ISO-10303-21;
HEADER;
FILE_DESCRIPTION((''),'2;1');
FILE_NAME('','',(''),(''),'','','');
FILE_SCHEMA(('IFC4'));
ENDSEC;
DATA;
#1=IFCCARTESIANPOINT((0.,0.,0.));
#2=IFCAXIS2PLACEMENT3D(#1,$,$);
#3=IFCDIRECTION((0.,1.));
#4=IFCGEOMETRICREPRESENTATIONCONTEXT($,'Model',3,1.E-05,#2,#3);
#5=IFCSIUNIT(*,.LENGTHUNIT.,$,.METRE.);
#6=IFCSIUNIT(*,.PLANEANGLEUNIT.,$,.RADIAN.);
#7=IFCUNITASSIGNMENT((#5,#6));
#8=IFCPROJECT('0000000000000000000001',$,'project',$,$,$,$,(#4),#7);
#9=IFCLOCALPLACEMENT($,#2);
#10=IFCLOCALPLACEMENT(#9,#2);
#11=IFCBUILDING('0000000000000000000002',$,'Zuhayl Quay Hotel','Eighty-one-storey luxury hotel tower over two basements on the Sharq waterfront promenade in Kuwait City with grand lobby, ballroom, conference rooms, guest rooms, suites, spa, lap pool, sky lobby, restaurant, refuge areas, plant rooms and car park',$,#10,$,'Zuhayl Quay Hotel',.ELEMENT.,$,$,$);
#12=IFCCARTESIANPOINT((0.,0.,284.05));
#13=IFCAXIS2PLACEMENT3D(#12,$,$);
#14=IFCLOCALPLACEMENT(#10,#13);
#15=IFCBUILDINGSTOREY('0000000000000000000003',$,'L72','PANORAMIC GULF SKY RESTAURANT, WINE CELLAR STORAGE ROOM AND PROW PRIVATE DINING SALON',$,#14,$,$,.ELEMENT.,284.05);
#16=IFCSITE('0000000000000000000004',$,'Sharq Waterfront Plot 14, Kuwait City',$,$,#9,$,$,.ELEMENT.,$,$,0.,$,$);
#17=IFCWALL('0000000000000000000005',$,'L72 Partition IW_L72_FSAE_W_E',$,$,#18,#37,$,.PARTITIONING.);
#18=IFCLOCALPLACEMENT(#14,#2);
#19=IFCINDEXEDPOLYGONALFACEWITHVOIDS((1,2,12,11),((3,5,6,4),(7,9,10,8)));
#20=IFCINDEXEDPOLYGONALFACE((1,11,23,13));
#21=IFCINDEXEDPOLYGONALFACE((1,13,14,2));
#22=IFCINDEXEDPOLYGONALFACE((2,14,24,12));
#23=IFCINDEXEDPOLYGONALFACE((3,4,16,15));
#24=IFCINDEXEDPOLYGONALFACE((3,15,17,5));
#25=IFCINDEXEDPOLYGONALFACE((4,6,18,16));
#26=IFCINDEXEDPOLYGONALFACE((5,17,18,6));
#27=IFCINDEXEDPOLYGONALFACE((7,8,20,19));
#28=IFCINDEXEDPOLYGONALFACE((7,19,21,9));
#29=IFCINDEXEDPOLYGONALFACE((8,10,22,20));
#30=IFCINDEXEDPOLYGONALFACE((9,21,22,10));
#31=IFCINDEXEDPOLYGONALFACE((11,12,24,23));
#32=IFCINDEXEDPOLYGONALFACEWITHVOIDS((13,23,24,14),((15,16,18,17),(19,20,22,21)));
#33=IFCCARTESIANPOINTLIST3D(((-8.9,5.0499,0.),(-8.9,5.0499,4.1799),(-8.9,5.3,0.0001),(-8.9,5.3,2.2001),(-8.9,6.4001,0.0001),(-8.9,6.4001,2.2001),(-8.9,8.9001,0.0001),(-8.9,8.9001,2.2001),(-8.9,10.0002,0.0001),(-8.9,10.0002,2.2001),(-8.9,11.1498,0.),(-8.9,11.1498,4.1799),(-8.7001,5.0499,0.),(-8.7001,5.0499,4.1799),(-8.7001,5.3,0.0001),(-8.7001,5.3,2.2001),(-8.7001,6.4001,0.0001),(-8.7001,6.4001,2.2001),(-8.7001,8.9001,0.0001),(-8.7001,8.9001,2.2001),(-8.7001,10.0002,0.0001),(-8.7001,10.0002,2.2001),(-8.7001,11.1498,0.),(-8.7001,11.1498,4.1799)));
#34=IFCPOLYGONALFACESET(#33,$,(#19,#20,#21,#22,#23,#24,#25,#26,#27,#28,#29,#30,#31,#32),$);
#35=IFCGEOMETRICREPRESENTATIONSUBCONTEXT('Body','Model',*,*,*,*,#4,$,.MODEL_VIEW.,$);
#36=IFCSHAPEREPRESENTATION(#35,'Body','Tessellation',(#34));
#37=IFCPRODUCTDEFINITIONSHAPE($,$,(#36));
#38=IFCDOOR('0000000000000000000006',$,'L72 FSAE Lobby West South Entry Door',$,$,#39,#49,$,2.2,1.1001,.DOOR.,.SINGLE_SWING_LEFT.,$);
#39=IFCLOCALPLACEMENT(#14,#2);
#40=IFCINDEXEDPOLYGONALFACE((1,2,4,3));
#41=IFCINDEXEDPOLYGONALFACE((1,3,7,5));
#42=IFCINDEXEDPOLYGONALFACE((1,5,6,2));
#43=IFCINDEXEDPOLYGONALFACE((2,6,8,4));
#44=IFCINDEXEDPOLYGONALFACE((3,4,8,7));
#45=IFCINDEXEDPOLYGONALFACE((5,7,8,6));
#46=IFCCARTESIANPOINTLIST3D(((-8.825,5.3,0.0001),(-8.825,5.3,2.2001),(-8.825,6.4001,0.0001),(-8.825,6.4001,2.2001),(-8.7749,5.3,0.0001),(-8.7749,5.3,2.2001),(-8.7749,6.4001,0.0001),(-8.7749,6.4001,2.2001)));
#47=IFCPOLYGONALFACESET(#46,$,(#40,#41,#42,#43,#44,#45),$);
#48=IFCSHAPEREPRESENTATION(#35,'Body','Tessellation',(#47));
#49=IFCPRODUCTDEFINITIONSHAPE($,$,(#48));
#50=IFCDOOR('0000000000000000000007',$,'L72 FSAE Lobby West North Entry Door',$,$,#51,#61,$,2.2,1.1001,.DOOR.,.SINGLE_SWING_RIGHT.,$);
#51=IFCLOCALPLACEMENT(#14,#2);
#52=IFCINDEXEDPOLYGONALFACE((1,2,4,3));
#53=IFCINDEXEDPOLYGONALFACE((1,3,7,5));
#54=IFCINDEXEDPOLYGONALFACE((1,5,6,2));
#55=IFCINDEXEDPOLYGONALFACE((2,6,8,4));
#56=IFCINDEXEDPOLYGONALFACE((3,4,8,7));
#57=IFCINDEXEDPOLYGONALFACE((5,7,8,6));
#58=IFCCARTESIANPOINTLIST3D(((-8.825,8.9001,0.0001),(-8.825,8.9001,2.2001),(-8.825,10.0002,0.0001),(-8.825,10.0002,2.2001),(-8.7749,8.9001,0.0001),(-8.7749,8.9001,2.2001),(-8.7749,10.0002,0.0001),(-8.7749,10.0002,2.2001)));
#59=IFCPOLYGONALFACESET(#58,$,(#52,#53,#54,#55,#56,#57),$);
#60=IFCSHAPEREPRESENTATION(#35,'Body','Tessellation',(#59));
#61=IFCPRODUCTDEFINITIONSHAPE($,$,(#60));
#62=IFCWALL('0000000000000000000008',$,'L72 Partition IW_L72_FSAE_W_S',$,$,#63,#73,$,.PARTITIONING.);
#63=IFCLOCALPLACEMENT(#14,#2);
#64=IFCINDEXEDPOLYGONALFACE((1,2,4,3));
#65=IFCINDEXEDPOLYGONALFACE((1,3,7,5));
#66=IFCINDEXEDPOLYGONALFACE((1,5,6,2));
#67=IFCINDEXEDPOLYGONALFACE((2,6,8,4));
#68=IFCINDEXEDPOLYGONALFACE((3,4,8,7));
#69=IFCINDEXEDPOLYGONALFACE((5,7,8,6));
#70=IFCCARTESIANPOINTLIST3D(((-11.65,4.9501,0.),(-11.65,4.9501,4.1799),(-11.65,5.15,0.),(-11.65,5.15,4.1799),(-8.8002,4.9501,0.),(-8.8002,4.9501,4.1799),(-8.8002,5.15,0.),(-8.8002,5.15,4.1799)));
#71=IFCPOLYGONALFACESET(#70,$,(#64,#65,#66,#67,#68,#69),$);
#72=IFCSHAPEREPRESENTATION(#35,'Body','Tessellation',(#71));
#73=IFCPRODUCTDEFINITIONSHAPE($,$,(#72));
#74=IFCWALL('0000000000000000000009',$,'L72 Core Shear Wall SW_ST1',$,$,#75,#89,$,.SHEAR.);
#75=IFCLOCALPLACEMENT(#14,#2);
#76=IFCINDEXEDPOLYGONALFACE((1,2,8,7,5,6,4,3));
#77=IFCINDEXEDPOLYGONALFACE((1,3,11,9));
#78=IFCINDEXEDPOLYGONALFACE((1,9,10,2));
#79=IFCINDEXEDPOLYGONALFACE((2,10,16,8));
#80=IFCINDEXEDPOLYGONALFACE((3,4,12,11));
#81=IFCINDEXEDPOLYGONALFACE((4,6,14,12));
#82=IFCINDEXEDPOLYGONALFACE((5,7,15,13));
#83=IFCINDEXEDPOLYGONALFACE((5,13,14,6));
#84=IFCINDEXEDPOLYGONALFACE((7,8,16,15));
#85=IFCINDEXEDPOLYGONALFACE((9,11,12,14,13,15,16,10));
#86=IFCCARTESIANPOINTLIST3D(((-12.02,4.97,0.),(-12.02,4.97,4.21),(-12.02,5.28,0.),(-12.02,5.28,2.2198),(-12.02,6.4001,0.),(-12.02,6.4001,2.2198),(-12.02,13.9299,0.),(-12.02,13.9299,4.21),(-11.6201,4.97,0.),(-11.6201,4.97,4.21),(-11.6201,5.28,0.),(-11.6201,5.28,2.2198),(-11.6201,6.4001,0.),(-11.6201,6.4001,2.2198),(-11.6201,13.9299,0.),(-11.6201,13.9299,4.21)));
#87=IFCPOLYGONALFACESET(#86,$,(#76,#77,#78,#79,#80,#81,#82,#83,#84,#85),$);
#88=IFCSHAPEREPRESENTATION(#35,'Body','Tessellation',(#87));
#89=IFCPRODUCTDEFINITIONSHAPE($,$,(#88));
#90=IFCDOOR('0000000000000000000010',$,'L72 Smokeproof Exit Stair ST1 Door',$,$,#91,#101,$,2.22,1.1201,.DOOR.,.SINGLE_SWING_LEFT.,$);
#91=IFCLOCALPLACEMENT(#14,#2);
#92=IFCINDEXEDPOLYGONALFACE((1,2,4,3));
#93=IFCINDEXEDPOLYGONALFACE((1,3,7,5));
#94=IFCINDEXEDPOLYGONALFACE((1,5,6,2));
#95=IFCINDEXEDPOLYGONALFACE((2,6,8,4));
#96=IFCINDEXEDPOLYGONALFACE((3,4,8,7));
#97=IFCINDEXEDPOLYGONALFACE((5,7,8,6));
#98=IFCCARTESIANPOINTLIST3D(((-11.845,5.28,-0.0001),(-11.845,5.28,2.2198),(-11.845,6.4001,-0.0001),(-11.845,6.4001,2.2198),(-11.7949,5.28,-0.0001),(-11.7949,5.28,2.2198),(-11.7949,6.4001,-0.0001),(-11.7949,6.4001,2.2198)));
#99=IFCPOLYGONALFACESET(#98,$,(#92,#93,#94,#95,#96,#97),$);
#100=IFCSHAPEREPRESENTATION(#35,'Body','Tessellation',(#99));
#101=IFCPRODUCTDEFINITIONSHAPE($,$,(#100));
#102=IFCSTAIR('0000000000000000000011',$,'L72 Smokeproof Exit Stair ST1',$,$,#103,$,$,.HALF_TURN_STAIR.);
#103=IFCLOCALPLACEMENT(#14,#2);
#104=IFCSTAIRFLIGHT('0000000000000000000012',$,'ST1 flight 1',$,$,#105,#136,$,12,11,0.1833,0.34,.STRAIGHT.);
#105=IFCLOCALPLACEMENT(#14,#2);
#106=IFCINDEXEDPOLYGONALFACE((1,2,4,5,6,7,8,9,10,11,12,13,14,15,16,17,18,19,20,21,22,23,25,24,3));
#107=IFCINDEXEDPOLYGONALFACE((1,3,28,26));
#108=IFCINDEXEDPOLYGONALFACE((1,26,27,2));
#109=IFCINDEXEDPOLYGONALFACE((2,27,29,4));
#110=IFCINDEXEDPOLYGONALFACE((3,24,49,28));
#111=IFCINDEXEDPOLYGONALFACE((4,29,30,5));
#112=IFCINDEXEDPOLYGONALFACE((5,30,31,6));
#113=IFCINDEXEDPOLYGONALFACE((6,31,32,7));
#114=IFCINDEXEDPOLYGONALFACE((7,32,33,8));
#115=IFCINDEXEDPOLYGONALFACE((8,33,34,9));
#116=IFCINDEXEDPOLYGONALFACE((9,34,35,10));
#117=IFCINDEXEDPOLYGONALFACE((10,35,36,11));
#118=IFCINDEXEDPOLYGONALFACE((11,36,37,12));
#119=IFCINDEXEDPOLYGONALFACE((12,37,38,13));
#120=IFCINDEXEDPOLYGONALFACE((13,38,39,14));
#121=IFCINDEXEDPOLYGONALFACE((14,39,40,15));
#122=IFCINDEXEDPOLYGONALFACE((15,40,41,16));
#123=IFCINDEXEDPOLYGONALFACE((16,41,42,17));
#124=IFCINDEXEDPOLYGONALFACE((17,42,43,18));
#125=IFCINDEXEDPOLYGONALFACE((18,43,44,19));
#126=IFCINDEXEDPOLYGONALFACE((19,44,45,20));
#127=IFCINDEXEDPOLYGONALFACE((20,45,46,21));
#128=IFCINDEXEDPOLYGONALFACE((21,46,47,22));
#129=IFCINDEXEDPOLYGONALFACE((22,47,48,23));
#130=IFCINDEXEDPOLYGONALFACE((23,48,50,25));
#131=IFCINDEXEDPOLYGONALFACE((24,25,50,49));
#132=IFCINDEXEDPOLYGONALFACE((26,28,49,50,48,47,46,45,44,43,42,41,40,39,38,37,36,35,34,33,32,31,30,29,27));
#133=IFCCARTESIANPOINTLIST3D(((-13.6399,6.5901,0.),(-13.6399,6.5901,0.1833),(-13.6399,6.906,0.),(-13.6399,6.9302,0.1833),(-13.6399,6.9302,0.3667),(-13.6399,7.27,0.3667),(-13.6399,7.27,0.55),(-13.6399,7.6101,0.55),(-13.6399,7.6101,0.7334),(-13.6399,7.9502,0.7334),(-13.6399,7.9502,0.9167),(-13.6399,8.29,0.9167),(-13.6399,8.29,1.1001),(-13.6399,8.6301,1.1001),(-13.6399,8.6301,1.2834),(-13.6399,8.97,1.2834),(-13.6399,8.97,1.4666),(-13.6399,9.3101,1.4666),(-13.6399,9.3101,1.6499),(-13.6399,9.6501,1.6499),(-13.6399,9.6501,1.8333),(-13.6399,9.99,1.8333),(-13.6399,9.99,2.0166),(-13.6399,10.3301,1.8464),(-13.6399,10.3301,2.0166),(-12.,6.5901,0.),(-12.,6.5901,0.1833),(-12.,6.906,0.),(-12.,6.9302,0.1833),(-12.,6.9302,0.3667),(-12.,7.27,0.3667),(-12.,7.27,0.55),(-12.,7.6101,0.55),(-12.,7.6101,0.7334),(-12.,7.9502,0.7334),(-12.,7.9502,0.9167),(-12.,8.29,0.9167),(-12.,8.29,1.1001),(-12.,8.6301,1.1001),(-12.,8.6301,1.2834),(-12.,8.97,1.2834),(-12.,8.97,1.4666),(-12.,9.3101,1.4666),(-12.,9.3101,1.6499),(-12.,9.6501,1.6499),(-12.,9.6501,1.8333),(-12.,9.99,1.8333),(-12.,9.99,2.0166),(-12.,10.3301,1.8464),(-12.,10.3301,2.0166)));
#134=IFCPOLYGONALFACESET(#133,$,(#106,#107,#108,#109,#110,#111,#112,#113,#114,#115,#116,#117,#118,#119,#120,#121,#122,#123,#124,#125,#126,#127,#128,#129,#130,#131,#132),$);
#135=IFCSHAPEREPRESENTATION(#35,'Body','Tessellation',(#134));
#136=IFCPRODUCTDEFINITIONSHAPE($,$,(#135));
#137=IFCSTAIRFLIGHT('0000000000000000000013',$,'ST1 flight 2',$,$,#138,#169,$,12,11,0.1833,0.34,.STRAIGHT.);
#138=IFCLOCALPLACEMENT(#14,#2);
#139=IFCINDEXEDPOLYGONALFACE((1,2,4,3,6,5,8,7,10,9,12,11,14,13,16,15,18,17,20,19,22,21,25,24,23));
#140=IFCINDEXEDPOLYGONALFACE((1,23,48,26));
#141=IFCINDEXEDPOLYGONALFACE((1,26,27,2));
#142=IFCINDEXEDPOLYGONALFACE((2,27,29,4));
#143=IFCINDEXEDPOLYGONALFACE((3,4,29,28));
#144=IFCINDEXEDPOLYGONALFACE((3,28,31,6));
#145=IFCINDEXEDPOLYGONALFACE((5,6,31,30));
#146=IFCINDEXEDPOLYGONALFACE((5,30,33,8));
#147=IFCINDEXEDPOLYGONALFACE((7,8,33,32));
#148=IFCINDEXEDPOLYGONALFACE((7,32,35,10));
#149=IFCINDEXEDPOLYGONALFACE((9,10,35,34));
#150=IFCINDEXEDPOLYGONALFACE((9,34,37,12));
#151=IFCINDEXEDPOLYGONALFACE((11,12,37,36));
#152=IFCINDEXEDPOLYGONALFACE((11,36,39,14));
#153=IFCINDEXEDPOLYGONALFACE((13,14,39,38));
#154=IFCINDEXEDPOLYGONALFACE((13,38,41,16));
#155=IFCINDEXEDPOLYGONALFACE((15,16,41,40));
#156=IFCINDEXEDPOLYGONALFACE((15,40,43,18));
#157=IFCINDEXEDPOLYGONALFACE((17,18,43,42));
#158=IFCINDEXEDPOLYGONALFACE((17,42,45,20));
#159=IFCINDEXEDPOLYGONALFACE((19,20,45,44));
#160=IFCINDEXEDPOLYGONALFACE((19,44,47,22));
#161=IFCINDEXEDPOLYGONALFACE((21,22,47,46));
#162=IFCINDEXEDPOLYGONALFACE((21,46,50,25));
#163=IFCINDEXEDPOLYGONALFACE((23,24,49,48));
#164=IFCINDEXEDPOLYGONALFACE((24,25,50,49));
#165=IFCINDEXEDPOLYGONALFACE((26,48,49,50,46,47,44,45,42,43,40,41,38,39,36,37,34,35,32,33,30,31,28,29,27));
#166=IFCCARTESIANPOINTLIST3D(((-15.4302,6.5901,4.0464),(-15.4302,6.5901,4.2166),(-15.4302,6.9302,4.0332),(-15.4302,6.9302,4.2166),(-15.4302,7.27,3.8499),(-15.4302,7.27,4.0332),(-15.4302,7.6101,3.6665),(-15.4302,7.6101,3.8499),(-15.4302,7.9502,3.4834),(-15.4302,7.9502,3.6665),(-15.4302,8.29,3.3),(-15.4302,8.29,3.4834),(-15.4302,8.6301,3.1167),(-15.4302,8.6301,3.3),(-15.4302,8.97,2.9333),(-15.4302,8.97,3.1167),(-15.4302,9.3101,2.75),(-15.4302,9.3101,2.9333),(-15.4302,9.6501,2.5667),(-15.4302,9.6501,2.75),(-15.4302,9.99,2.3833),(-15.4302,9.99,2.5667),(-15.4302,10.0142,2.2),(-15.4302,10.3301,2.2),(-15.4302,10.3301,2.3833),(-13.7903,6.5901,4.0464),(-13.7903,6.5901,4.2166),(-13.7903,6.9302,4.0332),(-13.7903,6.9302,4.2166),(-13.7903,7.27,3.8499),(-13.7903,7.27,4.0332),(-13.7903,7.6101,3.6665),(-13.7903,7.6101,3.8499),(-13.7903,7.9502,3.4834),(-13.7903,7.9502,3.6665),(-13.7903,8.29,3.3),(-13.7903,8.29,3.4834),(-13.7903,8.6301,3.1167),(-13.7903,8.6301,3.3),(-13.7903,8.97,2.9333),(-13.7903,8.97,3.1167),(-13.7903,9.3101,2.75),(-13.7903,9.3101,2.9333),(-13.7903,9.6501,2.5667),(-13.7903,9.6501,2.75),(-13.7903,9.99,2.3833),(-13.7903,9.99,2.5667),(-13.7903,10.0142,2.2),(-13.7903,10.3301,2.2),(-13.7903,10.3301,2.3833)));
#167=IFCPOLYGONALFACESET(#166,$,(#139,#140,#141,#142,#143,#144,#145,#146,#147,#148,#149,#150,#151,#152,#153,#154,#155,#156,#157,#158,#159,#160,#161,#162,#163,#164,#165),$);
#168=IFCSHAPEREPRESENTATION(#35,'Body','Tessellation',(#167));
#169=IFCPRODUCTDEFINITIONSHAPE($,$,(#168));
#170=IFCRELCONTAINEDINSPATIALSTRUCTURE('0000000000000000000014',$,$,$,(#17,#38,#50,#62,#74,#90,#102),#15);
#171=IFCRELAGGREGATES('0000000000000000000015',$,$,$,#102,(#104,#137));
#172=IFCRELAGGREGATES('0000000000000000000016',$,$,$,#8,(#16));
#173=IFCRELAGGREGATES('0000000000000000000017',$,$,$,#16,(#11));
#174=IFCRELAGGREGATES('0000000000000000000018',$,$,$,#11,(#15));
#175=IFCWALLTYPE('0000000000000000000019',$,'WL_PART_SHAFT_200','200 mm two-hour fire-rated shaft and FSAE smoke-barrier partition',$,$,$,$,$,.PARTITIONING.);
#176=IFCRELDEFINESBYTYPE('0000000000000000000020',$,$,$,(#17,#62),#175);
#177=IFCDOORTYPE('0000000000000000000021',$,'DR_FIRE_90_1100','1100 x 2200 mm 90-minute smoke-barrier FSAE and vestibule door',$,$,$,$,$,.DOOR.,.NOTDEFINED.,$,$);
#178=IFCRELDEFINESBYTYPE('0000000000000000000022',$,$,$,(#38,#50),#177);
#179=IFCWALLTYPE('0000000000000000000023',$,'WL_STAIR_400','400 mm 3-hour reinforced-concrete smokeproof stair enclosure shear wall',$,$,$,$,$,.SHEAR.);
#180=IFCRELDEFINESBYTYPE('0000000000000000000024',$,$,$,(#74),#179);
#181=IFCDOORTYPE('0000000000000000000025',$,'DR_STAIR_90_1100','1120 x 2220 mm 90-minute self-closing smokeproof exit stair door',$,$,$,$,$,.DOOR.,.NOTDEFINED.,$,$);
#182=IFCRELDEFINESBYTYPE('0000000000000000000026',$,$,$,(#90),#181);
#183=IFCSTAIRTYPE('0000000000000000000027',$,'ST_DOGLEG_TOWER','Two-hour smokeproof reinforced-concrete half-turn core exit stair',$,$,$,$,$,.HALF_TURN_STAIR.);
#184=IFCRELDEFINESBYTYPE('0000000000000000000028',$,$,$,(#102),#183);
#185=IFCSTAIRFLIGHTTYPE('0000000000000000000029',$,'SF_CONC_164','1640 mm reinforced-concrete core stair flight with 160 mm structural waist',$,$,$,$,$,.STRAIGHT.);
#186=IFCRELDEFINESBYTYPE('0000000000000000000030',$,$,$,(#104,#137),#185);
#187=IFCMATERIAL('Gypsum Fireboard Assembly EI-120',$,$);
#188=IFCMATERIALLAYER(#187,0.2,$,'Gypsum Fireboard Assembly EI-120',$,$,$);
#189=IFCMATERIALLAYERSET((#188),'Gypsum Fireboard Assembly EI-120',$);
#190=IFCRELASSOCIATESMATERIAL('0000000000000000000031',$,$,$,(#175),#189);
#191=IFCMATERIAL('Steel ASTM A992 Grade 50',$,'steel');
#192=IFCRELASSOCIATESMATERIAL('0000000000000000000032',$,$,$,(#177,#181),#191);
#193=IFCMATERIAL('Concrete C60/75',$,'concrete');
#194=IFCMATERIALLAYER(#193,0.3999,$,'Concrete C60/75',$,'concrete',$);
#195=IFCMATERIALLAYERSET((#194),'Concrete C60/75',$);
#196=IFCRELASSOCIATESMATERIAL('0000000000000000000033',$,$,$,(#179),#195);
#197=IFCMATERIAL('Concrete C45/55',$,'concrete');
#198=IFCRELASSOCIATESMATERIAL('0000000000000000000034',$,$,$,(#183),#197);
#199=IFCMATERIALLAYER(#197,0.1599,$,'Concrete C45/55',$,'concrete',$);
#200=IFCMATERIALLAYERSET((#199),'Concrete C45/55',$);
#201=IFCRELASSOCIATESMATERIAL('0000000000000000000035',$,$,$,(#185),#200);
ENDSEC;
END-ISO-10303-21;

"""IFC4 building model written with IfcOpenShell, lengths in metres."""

from ifc_helpers import new_model, si_unit, direction, frame, frame_2d, origin, place, context, subcontext, project, spatial, polyline, rectangle, outline, extrude, material, layer, layer_set, type_object, element, fill, aggregate, save


model = new_model("IFC4")

# Units and contexts
model_context = context("Model", 3, precision=1e-05, world=origin(), true_north=direction((0.0, 1.0)))
body_context = subcontext(model_context, "Body", "Model", "MODEL_VIEW")
ifc_project = project(units=[si_unit("LENGTHUNIT", "METRE"), si_unit("PLANEANGLEUNIT", "RADIAN")], contexts=[model_context])

# Site, building, storey
site_placement = place(None, origin())
site = spatial("IfcSite", under=ifc_project, at=site_placement, Name="Sharq Waterfront Plot 14, Kuwait City", CompositionType="ELEMENT", RefElevation=0.0)
building_placement = place(site_placement, origin())
building = spatial("IfcBuilding", under=site, at=building_placement, Name="Zuhayl Quay Hotel", Description="Eighty-one-storey luxury hotel tower over two basements on the Sharq waterfront promenade in Kuwait City with grand lobby, ballroom, conference rooms, guest rooms, suites, spa, lap pool, sky lobby, restaurant, refuge areas, plant rooms and car park", LongName="Zuhayl Quay Hotel", CompositionType="ELEMENT")
storey_placement = place(building_placement, frame((0.0, 0.0, 284.05)))
storey = spatial("IfcBuildingStorey", under=building, at=storey_placement, Name="L72", Description="PANORAMIC GULF SKY RESTAURANT, WINE CELLAR STORAGE ROOM AND PROW PRIVATE DINING SALON", CompositionType="ELEMENT", Elevation=284.05)

# Shared definitions
ifc_material_1 = material(Name="Concrete C60/75", Category="concrete")

# Wall, openings, doors
ifc_material_2 = material(Name="Gypsum Fireboard Assembly EI-120")
ifc_layer_1 = layer(ifc_material_2, 0.2, Name="Gypsum Fireboard Assembly EI-120")
ifc_layer_set_1 = layer_set([ifc_layer_1], Name="Gypsum Fireboard Assembly EI-120")
wall_type_1 = type_object("IfcWallType", Name="WL_PART_SHAFT_200", Description="200 mm two-hour fire-rated shaft and FSAE smoke-barrier partition", PredefinedType="PARTITIONING", material=ifc_layer_set_1)
wall_1_placement = place(storey_placement, frame((-8.8, 5.05, 0.0), z_axis=(0.0, 0.0, 1.0), x_axis=(0.0, 1.0, 0.0)))
wall_1 = element("IfcWall", 1, at=wall_1_placement, inside=storey, type_object=wall_type_1, Name="L72 Partition IW_L72_FSAE_W_E", PredefinedType="PARTITIONING", context=body_context, shape_type="SweptSolid", body=[
    extrude(rectangle(XDim=6.0999, YDim=0.2, at=frame_2d((3.0498, 0.0))), origin(), (0.0, 0.0, 1.0), 4.1799),
])
opening_1_placement = place(wall_1_placement, frame((0.25, 0.0, 0.0)))
opening_1 = element("IfcOpeningElement", 2, at=opening_1_placement, cuts=wall_1, PredefinedType="OPENING", context=body_context, shape_type="SweptSolid", body=[
    extrude(rectangle(XDim=1.1001, YDim=2.2, at=frame_2d((0.55, 1.1001))), frame((0.0, 0.1099, 0.0), z_axis=(0.0, -1.0, 0.0), x_axis=(1.0, 0.0, 0.0)), (0.0, 0.0, 1.0), 0.22),
])
opening_2_placement = place(wall_1_placement, frame((3.8501, 0.0, 0.0)))
opening_2 = element("IfcOpeningElement", 3, at=opening_2_placement, cuts=wall_1, PredefinedType="OPENING", context=body_context, shape_type="SweptSolid", body=[
    extrude(rectangle(XDim=1.1001, YDim=2.2, at=frame_2d((0.55, 1.1001))), frame((0.0, 0.1099, 0.0), z_axis=(0.0, -1.0, 0.0), x_axis=(1.0, 0.0, 0.0)), (0.0, 0.0, 1.0), 0.22),
])
ifc_material_3 = material(Name="Steel ASTM A992 Grade 50", Category="steel")
door_type_1 = type_object("IfcDoorType", Name="DR_FIRE_90_1100", Description="1100 x 2200 mm 90-minute smoke-barrier FSAE and vestibule door", OperationType="NOTDEFINED", PredefinedType="DOOR", material=ifc_material_3)
door_1_placement = place(opening_1_placement, origin())
door_1 = element("IfcDoor", 4, at=door_1_placement, inside=storey, type_object=door_type_1, Name="L72 FSAE Lobby West South Entry Door", OperationType="SINGLE_SWING_LEFT", OverallHeight=2.2, OverallWidth=1.1001, PredefinedType="DOOR", context=body_context, shape_type="SweptSolid", body=[
    extrude(rectangle(XDim=1.1001, YDim=2.2, at=frame_2d((0.55, 1.1001))), frame((0.0, 0.0249, 0.0), z_axis=(0.0, -1.0, 0.0), x_axis=(1.0, 0.0, 0.0)), (0.0, 0.0, 1.0), 0.05),
])
fill(opening_1, door_1)
door_2_placement = place(opening_2_placement, origin())
door_2 = element("IfcDoor", 5, at=door_2_placement, inside=storey, type_object=door_type_1, Name="L72 FSAE Lobby West North Entry Door", OperationType="SINGLE_SWING_RIGHT", OverallHeight=2.2, OverallWidth=1.1001, PredefinedType="DOOR", context=body_context, shape_type="SweptSolid", body=[
    extrude(rectangle(XDim=1.1001, YDim=2.2, at=frame_2d((0.55, 1.1001))), frame((0.0, 0.0249, 0.0), z_axis=(0.0, -1.0, 0.0), x_axis=(1.0, 0.0, 0.0)), (0.0, 0.0, 1.0), 0.05),
])
fill(opening_2, door_2)

# Wall
wall_2_placement = place(storey_placement, frame((-11.6499, 5.05, 0.0), z_axis=(0.0, 0.0, 1.0), x_axis=(1.0, 0.0, 0.0)))
element("IfcWall", 6, at=wall_2_placement, inside=storey, type_object=wall_type_1, Name="L72 Partition IW_L72_FSAE_W_S", PredefinedType="PARTITIONING", context=body_context, shape_type="SweptSolid", body=[
    extrude(rectangle(XDim=2.8499, YDim=0.2, at=frame_2d((1.4248, 0.0))), origin(), (0.0, 0.0, 1.0), 4.1799),
])

# Wall, opening, door
ifc_layer_2 = layer(ifc_material_1, 0.3999, Name="Concrete C60/75", Category="concrete")
ifc_layer_set_2 = layer_set([ifc_layer_2], Name="Concrete C60/75")
wall_type_2 = type_object("IfcWallType", Name="WL_STAIR_400", Description="400 mm 3-hour reinforced-concrete smokeproof stair enclosure shear wall", PredefinedType="SHEAR", material=ifc_layer_set_2)
wall_3_placement = place(storey_placement, frame((-11.8201, 4.97, 0.0), z_axis=(0.0, 0.0, 1.0), x_axis=(0.0, 1.0, 0.0)))
wall_3 = element("IfcWall", 7, at=wall_3_placement, inside=storey, type_object=wall_type_2, Name="L72 Core Shear Wall SW_ST1", PredefinedType="SHEAR", context=body_context, shape_type="SweptSolid", body=[
    extrude(rectangle(XDim=8.96, YDim=0.3999, at=frame_2d((4.48, 0.0))), origin(), (0.0, 0.0, 1.0), 4.21),
])
opening_3_placement = place(wall_3_placement, frame((0.3101, 0.0, 0.0)))
opening_3 = element("IfcOpeningElement", 8, at=opening_3_placement, cuts=wall_3, PredefinedType="OPENING", context=body_context, shape_type="SweptSolid", body=[
    extrude(rectangle(XDim=1.1201, YDim=2.22, at=frame_2d((0.5601, 1.1099))), frame((0.0, 0.21, 0.0), z_axis=(0.0, -1.0, 0.0), x_axis=(1.0, 0.0, 0.0)), (0.0, 0.0, 1.0), 0.4199),
])
door_type_2 = type_object("IfcDoorType", Name="DR_STAIR_90_1100", Description="1120 x 2220 mm 90-minute self-closing smokeproof exit stair door", OperationType="NOTDEFINED", PredefinedType="DOOR", material=ifc_material_3)
door_3_placement = place(opening_3_placement, origin())
door_3 = element("IfcDoor", 9, at=door_3_placement, inside=storey, type_object=door_type_2, Name="L72 Smokeproof Exit Stair ST1 Door", OperationType="SINGLE_SWING_LEFT", OverallHeight=2.22, OverallWidth=1.1201, PredefinedType="DOOR", context=body_context, shape_type="SweptSolid", body=[
    extrude(rectangle(XDim=1.1201, YDim=2.22, at=frame_2d((0.5601, 1.1099))), frame((0.0, 0.0249, 0.0), z_axis=(0.0, -1.0, 0.0), x_axis=(1.0, 0.0, 0.0)), (0.0, 0.0, 1.0), 0.05),
])
fill(opening_3, door_3)

# Stair, stair flights
ifc_material_4 = material(Name="Concrete C45/55", Category="concrete")
stair_type = type_object("IfcStairType", Name="ST_DOGLEG_TOWER", Description="Two-hour smokeproof reinforced-concrete half-turn core exit stair", PredefinedType="HALF_TURN_STAIR", material=ifc_material_4)
stair_placement = place(storey_placement, origin())
stair = element("IfcStair", 10, at=stair_placement, inside=storey, type_object=stair_type, Name="L72 Smokeproof Exit Stair ST1", PredefinedType="HALF_TURN_STAIR")
ifc_layer_3 = layer(ifc_material_4, 0.1599, Name="Concrete C45/55", Category="concrete")
ifc_layer_set_3 = layer_set([ifc_layer_3], Name="Concrete C45/55")
stair_flight_type = type_object("IfcStairFlightType", Name="SF_CONC_164", Description="1640 mm reinforced-concrete core stair flight with 160 mm structural waist", PredefinedType="STRAIGHT", material=ifc_layer_set_3)
stair_flight_1_placement = place(storey_placement, frame((-12.8201, 6.5901, 0.0), z_axis=(0.0, 0.0, 1.0), x_axis=(0.0, 1.0, 0.0)))
stair_flight_1 = element("IfcStairFlight", 11, at=stair_flight_1_placement, type_object=stair_flight_type, Name="ST1 flight 1", NumberOfRisers=12, NumberOfTreads=11, PredefinedType="STRAIGHT", RiserHeight=0.1833, TreadLength=0.34, context=body_context, shape_type="SweptSolid", body=[
    extrude(outline(polyline([(0.0, 0.0), (0.0, 0.1833), (0.3401, 0.1833), (0.3401, 0.3667), (0.6799, 0.3667), (0.6799, 0.55), (1.02, 0.55), (1.02, 0.7334), (1.3601, 0.7334), (1.3601, 0.9167), (1.7, 0.9167), (1.7, 1.1001), (2.04, 1.1001), (2.04, 1.2834), (2.3799, 1.2834), (2.3799, 1.4666), (2.72, 1.4666), (2.72, 1.6499), (3.0601, 1.6499), (3.0601, 1.8333), (3.3999, 1.8333), (3.3999, 2.0166), (3.74, 2.0166), (3.74, 2.2), (3.74, 1.8464), (0.3159, 0.0), (0.0, 0.0)])), frame((0.0, 0.8198, 0.0), z_axis=(0.0, -1.0, 0.0), x_axis=(1.0, 0.0, 0.0)), (0.0, 0.0, 1.0), 1.6399),
])
stair_flight_2_placement = place(storey_placement, frame((-14.6101, 10.3301, 2.2), z_axis=(0.0, 0.0, 1.0), x_axis=(0.0, -1.0, 0.0)))
stair_flight_2 = element("IfcStairFlight", 12, at=stair_flight_2_placement, type_object=stair_flight_type, Name="ST1 flight 2", NumberOfRisers=12, NumberOfTreads=11, PredefinedType="STRAIGHT", RiserHeight=0.1833, TreadLength=0.34, context=body_context, shape_type="SweptSolid", body=[
    extrude(outline(polyline([(0.0, 0.0), (0.0, 0.1833), (0.3401, 0.1833), (0.3401, 0.3667), (0.6799, 0.3667), (0.6799, 0.55), (1.02, 0.55), (1.02, 0.7334), (1.3601, 0.7334), (1.3601, 0.9167), (1.7, 0.9167), (1.7, 1.1001), (2.04, 1.1001), (2.04, 1.2834), (2.3799, 1.2834), (2.3799, 1.4666), (2.72, 1.4666), (2.72, 1.6499), (3.0601, 1.6499), (3.0601, 1.8333), (3.3999, 1.8333), (3.3999, 2.0166), (3.74, 2.0166), (3.74, 2.2), (3.74, 1.8464), (0.3159, 0.0), (0.0, 0.0)])), frame((0.0, 0.8198, 0.0), z_axis=(0.0, -1.0, 0.0), x_axis=(1.0, 0.0, 0.0)), (0.0, 0.0, 1.0), 1.6399),
])
aggregate(stair, [stair_flight_1, stair_flight_2])

save(model, "model.ifc")
